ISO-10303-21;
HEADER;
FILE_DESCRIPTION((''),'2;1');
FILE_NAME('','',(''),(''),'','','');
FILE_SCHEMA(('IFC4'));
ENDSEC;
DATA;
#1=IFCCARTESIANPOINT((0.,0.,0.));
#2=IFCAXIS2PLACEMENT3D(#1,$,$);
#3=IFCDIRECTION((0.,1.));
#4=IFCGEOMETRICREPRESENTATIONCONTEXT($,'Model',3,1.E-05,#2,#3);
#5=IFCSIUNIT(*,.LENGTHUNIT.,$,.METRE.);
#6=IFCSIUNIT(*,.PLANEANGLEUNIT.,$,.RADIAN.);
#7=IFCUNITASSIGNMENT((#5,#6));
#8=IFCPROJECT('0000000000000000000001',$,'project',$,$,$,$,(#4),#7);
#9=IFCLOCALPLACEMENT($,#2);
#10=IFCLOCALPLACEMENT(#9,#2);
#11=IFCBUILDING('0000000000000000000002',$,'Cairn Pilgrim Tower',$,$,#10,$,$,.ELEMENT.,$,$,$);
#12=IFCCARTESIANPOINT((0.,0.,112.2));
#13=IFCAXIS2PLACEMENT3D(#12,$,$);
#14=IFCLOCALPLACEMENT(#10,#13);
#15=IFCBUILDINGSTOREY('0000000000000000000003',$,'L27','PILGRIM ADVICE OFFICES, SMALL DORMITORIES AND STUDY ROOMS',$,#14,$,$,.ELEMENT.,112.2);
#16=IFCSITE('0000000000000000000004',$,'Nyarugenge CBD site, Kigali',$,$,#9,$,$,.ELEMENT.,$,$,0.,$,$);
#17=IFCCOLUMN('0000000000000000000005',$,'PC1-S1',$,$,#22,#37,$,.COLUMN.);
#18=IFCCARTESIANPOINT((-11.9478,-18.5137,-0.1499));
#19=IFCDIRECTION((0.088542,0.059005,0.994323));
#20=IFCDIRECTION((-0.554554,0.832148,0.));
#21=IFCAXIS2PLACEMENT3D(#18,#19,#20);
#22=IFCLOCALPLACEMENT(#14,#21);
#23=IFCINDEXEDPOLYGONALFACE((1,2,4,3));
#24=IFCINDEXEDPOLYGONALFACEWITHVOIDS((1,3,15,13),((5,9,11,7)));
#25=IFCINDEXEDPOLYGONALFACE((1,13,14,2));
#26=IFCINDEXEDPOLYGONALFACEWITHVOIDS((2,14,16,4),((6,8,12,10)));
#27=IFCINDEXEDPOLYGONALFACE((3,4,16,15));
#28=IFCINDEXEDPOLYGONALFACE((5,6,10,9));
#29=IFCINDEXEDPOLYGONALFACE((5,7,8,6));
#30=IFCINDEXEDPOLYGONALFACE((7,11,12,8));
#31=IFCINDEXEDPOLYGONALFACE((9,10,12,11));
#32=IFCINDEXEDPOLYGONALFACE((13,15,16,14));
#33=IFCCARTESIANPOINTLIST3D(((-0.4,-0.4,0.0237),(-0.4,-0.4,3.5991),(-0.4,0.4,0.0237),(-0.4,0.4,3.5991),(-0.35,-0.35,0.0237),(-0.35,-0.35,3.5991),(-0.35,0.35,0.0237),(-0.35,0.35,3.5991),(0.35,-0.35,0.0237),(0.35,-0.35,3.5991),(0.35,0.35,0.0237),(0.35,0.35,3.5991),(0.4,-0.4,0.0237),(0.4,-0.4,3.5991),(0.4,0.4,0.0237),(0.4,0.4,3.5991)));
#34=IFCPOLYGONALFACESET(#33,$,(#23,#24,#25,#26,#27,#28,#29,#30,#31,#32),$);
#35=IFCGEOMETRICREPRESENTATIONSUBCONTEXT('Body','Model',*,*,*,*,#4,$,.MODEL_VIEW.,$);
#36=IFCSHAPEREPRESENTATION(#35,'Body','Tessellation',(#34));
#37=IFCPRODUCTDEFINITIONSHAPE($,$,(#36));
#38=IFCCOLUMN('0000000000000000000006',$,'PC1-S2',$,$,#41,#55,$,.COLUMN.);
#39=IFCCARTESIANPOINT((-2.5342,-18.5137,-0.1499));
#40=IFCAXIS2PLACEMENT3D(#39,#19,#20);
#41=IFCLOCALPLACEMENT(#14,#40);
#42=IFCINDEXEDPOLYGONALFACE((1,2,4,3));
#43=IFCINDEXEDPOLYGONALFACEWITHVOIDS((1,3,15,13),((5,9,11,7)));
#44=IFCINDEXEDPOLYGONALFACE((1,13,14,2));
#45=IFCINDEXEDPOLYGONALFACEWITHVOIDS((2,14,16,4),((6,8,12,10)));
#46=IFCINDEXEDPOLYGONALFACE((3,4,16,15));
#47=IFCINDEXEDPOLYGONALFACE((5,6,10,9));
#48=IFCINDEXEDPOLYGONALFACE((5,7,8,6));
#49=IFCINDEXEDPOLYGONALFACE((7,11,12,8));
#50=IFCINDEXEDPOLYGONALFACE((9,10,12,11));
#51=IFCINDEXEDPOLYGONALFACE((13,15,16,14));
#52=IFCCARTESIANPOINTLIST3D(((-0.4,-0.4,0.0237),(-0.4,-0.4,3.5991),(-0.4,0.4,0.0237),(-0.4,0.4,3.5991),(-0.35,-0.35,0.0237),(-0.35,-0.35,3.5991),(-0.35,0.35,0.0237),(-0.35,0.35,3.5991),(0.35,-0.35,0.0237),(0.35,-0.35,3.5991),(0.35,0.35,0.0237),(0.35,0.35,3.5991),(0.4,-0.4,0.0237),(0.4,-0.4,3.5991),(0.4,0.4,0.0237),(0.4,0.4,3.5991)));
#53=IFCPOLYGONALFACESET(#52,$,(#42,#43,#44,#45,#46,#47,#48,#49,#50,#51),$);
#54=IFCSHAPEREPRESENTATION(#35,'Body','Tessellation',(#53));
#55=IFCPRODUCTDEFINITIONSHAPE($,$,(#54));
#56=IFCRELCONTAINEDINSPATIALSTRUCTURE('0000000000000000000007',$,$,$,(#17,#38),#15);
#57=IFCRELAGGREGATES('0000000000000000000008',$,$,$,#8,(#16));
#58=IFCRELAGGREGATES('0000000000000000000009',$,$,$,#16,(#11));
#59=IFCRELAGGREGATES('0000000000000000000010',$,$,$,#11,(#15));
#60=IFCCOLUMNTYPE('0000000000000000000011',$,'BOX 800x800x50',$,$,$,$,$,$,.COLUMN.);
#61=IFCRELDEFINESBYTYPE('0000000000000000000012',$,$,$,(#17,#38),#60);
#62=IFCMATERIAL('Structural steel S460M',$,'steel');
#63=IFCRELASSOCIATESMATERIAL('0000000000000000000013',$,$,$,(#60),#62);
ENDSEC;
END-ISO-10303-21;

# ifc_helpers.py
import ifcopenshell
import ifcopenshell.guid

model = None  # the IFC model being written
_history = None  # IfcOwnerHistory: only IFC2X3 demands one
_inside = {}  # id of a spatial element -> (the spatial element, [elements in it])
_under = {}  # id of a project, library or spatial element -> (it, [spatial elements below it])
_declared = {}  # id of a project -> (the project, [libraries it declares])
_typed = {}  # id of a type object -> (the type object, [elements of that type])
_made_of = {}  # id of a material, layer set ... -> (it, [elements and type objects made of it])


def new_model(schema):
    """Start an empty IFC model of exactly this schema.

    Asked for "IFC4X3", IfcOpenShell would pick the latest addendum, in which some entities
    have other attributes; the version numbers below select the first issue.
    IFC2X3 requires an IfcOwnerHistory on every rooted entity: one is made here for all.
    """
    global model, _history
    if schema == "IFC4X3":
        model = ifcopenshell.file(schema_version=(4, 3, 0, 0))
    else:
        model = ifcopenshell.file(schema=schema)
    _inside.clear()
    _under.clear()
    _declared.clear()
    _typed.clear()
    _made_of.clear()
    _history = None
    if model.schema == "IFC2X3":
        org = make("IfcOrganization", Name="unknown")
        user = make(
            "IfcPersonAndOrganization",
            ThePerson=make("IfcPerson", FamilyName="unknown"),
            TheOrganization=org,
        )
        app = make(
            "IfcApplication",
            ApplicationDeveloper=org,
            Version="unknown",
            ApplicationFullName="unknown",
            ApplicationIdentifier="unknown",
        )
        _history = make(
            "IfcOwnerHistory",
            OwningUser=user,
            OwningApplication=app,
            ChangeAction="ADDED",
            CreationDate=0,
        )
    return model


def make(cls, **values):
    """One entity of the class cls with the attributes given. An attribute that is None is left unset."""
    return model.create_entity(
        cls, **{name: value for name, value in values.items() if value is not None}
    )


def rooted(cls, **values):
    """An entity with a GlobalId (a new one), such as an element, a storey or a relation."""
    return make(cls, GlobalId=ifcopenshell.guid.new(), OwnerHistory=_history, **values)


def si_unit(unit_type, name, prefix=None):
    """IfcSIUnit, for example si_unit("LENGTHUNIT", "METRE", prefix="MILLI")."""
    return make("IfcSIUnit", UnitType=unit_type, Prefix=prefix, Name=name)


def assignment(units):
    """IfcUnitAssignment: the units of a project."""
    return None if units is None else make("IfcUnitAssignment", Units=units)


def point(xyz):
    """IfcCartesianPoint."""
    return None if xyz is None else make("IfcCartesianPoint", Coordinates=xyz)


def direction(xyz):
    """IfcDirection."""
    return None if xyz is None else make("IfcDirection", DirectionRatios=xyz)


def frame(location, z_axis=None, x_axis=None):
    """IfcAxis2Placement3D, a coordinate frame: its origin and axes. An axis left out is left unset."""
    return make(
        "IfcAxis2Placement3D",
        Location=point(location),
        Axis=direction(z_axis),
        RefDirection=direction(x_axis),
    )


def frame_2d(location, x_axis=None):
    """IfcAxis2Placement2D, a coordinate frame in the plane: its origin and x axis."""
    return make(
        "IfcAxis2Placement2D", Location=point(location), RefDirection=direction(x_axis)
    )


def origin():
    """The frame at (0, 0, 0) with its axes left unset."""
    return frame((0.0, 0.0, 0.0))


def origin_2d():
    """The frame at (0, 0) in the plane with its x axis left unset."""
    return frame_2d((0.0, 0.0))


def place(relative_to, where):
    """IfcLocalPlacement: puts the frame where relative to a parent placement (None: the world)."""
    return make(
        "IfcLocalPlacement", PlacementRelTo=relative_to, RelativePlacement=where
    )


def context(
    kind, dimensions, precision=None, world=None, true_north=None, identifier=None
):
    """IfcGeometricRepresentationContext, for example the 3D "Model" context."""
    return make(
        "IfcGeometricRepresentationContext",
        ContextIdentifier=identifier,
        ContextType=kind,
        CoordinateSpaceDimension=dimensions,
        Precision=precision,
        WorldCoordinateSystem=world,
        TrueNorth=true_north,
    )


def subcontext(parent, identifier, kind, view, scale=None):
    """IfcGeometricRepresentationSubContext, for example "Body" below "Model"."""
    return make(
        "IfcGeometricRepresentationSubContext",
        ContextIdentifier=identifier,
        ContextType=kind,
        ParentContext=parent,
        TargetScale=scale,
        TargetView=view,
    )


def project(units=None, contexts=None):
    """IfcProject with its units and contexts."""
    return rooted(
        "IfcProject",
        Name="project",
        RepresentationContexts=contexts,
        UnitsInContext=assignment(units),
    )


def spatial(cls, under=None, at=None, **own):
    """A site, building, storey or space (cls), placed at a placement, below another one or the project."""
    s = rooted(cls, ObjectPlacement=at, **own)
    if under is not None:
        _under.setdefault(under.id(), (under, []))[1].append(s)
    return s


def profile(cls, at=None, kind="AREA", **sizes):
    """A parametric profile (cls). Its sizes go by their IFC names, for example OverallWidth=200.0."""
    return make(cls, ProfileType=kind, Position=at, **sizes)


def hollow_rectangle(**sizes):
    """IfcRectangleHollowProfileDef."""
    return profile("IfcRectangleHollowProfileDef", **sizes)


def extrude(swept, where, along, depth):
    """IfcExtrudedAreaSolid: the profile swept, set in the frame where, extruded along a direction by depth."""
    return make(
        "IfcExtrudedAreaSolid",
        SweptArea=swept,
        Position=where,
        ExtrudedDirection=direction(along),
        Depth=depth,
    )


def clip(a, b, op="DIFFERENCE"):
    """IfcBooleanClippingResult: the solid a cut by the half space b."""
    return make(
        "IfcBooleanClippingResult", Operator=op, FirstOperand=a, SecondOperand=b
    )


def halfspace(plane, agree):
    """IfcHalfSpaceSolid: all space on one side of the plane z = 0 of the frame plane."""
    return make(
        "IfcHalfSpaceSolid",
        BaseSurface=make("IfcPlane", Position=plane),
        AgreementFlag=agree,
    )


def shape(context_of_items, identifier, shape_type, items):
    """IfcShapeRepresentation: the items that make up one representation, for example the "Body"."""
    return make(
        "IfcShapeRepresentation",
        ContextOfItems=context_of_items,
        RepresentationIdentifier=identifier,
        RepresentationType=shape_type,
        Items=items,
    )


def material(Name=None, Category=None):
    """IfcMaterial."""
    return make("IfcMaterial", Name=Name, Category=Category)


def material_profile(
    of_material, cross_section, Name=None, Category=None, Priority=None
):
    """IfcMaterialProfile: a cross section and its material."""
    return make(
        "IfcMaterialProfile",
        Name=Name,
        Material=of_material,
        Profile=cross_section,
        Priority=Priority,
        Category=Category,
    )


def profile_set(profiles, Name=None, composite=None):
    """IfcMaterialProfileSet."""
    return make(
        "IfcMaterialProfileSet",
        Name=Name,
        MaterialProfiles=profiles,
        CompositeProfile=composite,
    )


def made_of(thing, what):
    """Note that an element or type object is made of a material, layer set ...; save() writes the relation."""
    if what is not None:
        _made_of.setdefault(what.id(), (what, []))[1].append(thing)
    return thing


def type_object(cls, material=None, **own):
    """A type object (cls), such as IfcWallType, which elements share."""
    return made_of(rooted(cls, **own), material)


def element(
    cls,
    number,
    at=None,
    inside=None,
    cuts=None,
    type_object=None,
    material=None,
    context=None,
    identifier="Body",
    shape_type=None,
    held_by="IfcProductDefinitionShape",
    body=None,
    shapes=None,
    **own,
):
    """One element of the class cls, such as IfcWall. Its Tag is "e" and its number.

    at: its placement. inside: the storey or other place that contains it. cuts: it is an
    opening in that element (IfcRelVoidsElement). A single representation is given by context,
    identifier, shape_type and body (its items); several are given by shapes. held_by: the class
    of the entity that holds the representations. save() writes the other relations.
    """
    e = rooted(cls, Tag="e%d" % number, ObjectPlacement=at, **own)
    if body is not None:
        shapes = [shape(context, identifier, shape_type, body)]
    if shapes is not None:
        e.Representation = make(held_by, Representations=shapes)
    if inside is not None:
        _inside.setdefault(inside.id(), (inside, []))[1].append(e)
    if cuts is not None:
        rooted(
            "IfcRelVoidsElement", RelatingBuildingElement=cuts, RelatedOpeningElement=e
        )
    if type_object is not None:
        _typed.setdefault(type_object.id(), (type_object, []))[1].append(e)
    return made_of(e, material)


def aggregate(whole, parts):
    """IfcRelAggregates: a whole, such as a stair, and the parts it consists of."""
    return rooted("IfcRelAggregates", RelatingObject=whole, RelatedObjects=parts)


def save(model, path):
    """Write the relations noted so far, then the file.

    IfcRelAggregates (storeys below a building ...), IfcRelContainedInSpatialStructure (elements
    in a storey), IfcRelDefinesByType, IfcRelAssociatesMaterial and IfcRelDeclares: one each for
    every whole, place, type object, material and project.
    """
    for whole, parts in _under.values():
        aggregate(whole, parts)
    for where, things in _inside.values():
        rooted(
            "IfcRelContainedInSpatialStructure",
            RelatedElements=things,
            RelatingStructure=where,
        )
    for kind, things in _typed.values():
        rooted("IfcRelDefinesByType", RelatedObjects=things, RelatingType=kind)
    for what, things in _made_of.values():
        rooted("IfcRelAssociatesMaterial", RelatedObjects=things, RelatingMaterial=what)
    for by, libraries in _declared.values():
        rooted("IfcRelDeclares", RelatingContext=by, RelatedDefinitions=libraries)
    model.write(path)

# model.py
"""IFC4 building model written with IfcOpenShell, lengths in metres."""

from ifc_helpers import new_model, si_unit, direction, frame, origin, origin_2d, place, context, subcontext, project, spatial, hollow_rectangle, extrude, clip, halfspace, material, material_profile, profile_set, type_object, element, save


model = new_model("IFC4")

# Units and contexts
model_context = context("Model", 3, precision=1e-05, world=origin(), true_north=direction((0.0, 1.0)))
body_context = subcontext(model_context, "Body", "Model", "MODEL_VIEW")
ifc_project = project(units=[si_unit("LENGTHUNIT", "METRE"), si_unit("PLANEANGLEUNIT", "RADIAN")], contexts=[model_context])

# Site, building, storey
site_placement = place(None, origin())
site = spatial("IfcSite", under=ifc_project, at=site_placement, Name="Nyarugenge CBD site, Kigali", CompositionType="ELEMENT", RefElevation=0.0)
building_placement = place(site_placement, origin())
building = spatial("IfcBuilding", under=site, at=building_placement, Name="Cairn Pilgrim Tower", CompositionType="ELEMENT")
storey_placement = place(building_placement, frame((0.0, 0.0, 112.2)))
storey = spatial("IfcBuildingStorey", under=building, at=storey_placement, Name="L27", Description="PILGRIM ADVICE OFFICES, SMALL DORMITORIES AND STUDY ROOMS", CompositionType="ELEMENT", Elevation=112.2)

# Columns
ifc_material_1 = material(Name="Structural steel S460M", Category="steel")
ifc_material_profile_1 = material_profile(ifc_material_1, hollow_rectangle(XDim=0.8, YDim=0.8, WallThickness=0.05, at=origin_2d()), Name="BOX 800x800x50")
ifc_profile_set_1 = profile_set([ifc_material_profile_1], Name="Structural steel S460M")
column_type_1 = type_object("IfcColumnType", Name="BOX 800x800x50", PredefinedType="COLUMN", material=ifc_profile_set_1)
for number, where, z_axis, x_axis, name in (
    (1, (-11.9478, -18.5137, -0.1499), (0.088542, 0.059005, 0.994323), (-0.554554, 0.832148, 0.0), "PC1-S1"),
    (2, (-2.5342, -18.5137, -0.1499), (0.088542, 0.059005, 0.994323), (-0.554554, 0.832148, 0.0), "PC1-S2"),
):
    element("IfcColumn", number, at=place(storey_placement, frame(where, z_axis=z_axis, x_axis=x_axis)), inside=storey, type_object=column_type_1, Name=name, PredefinedType="COLUMN", context=body_context, shape_type="Clipping", body=[
        clip(clip(extrude(hollow_rectangle(XDim=0.8, YDim=0.8, WallThickness=0.05, at=origin_2d()), origin(), (0.0, 0.0, 1.0), 3.6204), halfspace(frame((0.0, 0.0, 0.0237), z_axis=(0.0, 0.0, 1.0), x_axis=(1.0, 0.0, 0.0)), True)), halfspace(frame((0.0, 0.0, 3.5991), z_axis=(0.0, 0.0, 1.0), x_axis=(1.0, 0.0, 0.0)), False)),
    ])

save(model, "model.ifc")
